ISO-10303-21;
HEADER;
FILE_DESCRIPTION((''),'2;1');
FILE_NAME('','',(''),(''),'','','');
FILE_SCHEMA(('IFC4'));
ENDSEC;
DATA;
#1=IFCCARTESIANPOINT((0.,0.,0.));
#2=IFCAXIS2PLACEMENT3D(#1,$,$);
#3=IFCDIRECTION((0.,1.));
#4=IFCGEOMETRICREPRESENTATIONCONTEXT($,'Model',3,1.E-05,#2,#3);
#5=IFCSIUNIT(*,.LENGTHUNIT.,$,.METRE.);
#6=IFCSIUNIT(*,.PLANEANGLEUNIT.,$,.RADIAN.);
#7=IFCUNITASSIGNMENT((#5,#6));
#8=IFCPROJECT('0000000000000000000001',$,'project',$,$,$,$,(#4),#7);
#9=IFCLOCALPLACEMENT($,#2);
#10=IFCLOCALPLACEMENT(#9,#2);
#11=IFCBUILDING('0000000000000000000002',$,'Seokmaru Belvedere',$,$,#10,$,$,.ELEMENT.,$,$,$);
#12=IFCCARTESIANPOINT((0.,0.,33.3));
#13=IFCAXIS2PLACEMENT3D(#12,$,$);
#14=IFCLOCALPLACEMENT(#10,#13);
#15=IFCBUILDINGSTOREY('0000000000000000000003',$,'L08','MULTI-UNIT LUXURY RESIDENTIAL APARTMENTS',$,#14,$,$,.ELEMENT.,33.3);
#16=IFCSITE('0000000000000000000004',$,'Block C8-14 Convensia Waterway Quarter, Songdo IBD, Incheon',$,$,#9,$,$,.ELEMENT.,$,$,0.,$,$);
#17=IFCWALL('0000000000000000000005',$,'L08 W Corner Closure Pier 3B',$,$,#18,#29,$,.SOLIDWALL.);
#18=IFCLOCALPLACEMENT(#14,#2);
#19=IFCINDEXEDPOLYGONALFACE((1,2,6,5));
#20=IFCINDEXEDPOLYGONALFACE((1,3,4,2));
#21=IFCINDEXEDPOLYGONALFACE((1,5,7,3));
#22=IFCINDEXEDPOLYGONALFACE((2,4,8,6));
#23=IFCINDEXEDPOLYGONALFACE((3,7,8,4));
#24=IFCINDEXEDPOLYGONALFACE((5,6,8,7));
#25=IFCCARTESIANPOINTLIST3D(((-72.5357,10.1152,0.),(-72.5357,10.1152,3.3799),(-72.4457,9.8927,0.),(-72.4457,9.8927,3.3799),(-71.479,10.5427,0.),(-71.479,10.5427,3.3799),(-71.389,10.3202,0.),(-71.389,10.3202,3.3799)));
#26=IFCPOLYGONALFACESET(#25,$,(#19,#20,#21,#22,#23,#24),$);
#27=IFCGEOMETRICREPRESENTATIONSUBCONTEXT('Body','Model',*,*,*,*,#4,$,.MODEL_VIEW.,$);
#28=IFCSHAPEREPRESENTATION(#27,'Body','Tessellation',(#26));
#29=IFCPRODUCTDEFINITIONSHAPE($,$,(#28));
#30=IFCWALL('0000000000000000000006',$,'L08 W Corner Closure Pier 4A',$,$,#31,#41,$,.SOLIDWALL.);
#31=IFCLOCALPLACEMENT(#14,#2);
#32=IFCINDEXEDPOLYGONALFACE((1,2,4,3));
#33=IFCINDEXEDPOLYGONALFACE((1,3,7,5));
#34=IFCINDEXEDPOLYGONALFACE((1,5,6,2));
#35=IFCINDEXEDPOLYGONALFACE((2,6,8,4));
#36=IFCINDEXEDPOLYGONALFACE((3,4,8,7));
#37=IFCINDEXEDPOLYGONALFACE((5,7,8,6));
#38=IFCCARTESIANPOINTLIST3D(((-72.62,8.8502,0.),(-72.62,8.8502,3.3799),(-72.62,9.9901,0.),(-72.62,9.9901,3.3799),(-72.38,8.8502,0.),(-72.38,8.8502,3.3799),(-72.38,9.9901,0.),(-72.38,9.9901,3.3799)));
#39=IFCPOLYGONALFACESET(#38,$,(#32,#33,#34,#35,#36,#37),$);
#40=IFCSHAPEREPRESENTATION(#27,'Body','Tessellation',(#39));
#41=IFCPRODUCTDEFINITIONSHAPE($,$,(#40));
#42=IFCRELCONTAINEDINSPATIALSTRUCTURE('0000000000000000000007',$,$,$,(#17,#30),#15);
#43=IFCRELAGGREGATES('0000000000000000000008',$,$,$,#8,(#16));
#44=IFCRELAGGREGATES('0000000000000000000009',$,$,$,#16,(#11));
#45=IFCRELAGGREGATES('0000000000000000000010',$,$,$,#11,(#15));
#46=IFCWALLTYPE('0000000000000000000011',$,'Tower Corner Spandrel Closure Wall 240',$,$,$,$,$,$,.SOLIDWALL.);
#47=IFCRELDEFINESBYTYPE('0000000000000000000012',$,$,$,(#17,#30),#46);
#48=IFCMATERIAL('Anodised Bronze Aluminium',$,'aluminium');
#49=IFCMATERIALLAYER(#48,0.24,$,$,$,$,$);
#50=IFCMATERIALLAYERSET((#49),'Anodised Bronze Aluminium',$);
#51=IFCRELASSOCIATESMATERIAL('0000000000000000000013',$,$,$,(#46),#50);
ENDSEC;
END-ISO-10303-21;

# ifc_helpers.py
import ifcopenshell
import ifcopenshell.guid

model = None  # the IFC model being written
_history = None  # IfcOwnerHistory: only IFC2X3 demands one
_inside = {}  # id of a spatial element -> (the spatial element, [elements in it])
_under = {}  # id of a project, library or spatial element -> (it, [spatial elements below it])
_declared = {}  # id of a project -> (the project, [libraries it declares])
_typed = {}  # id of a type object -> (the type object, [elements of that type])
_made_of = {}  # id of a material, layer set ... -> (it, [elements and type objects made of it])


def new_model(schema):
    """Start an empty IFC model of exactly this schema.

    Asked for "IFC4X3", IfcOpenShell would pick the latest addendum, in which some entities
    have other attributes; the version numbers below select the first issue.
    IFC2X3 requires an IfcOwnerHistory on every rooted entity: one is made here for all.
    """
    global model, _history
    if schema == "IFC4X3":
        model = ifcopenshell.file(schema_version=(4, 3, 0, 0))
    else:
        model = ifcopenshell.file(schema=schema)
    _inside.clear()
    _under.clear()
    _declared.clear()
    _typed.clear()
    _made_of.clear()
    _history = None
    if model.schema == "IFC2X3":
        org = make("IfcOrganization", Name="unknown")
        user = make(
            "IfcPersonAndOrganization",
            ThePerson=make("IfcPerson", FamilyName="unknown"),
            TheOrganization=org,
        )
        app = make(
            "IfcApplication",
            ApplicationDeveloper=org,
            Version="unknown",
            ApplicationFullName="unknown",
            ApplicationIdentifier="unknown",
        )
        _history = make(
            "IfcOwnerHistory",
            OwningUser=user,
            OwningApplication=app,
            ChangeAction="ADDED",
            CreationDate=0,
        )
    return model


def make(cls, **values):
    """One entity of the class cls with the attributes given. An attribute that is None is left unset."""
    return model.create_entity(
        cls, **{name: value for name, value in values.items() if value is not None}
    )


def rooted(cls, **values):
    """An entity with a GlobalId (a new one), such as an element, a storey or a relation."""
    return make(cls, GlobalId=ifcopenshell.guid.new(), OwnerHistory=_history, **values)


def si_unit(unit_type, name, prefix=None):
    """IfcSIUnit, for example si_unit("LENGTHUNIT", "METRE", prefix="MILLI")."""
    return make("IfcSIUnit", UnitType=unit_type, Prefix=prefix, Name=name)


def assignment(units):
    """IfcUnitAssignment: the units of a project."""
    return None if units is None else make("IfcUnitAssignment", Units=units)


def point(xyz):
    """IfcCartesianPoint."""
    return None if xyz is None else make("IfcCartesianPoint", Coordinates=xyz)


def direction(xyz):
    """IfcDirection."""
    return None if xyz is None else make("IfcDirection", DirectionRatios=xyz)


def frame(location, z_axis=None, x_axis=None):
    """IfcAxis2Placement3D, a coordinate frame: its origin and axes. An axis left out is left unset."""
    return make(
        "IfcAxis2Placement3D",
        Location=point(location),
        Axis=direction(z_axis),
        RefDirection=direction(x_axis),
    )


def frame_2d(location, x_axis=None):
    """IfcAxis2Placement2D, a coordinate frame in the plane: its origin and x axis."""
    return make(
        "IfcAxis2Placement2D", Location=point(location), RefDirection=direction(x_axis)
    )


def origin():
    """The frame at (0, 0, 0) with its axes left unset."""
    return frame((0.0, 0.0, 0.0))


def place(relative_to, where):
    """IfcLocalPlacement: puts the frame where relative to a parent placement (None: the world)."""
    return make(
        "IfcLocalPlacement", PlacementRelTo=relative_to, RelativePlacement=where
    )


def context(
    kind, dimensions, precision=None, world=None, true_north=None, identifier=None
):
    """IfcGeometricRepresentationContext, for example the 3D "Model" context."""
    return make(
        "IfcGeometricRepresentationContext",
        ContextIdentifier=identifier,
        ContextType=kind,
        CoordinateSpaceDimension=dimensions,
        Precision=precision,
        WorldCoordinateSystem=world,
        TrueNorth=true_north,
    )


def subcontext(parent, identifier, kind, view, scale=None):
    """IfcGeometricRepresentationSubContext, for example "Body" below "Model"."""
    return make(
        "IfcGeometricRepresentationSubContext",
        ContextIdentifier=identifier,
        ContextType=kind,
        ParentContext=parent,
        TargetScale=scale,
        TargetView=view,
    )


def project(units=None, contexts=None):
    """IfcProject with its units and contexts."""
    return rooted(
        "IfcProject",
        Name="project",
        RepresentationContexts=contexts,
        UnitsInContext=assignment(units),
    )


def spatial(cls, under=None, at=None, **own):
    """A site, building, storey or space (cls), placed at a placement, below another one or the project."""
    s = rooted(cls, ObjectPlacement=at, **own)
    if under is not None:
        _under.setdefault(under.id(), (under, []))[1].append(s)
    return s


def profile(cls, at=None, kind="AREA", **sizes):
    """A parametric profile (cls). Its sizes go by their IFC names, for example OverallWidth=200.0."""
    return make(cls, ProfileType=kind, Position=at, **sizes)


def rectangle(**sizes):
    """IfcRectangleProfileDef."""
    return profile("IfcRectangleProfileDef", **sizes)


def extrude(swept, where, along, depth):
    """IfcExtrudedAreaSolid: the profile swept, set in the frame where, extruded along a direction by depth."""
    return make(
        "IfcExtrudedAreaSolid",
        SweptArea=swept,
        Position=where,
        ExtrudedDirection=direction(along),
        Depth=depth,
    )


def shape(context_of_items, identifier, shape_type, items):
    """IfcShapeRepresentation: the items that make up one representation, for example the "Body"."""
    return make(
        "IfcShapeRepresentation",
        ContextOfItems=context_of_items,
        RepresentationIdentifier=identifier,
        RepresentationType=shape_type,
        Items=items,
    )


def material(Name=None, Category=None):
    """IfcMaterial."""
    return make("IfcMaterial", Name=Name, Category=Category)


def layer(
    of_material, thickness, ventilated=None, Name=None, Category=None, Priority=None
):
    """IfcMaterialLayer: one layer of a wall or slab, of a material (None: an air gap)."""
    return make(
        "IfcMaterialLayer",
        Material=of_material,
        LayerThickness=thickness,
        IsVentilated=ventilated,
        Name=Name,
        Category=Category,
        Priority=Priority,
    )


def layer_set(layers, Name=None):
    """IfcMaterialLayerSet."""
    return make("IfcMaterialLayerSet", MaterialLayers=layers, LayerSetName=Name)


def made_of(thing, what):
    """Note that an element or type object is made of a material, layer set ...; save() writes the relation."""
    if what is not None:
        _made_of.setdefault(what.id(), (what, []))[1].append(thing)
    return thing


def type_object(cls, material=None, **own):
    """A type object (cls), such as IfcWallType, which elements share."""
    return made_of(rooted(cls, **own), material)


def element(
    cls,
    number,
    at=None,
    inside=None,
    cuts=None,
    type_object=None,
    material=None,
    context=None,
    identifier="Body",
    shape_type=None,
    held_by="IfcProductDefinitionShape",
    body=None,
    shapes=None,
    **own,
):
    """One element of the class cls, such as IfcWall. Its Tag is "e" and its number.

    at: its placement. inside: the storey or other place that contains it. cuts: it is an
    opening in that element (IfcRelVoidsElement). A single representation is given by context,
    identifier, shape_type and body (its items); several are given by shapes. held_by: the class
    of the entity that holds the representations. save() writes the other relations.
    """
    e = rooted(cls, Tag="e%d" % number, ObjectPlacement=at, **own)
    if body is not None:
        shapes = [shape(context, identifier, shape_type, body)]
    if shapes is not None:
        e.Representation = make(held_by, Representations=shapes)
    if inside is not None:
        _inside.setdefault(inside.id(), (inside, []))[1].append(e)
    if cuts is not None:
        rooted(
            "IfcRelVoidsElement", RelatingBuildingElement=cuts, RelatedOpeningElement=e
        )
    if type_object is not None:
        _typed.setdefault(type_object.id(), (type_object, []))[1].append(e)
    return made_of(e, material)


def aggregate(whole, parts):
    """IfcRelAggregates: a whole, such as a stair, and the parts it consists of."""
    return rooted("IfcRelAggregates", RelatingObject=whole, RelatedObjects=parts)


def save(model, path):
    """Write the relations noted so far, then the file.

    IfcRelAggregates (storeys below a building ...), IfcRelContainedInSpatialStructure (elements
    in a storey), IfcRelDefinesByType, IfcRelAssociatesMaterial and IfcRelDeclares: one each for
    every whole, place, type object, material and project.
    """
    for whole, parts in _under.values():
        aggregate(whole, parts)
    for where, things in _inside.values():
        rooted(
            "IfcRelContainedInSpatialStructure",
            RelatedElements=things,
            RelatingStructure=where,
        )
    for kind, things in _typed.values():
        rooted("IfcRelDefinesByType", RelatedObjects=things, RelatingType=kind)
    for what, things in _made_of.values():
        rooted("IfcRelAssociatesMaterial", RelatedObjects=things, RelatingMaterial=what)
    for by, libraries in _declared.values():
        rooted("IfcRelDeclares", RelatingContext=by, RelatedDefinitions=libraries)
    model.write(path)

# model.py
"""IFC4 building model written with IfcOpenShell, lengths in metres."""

from ifc_helpers import new_model, si_unit, direction, frame, frame_2d, origin, place, context, subcontext, project, spatial, rectangle, extrude, material, layer, layer_set, type_object, element, save


model = new_model("IFC4")

# Units and contexts
model_context = context("Model", 3, precision=1e-05, world=origin(), true_north=direction((0.0, 1.0)))
body_context = subcontext(model_context, "Body", "Model", "MODEL_VIEW")
ifc_project = project(units=[si_unit("LENGTHUNIT", "METRE"), si_unit("PLANEANGLEUNIT", "RADIAN")], contexts=[model_context])

# Site, building, storey
site_placement = place(None, origin())
site = spatial("IfcSite", under=ifc_project, at=site_placement, Name="Block C8-14 Convensia Waterway Quarter, Songdo IBD, Incheon", CompositionType="ELEMENT", RefElevation=0.0)
building_placement = place(site_placement, origin())
building = spatial("IfcBuilding", under=site, at=building_placement, Name="Seokmaru Belvedere", CompositionType="ELEMENT")
storey_placement = place(building_placement, frame((0.0, 0.0, 33.3)))
storey = spatial("IfcBuildingStorey", under=building, at=storey_placement, Name="L08", Description="MULTI-UNIT LUXURY RESIDENTIAL APARTMENTS", CompositionType="ELEMENT", Elevation=33.3)

# Shared definitions
ifc_material_1 = material(Name="Anodised Bronze Aluminium", Category="aluminium")

# Walls
ifc_layer_1 = layer(ifc_material_1, 0.24)
ifc_layer_set_1 = layer_set([ifc_layer_1], Name="Anodised Bronze Aluminium")
wall_type_1 = type_object("IfcWallType", Name="Tower Corner Spandrel Closure Wall 240", PredefinedType="SOLIDWALL", material=ifc_layer_set_1)
for number, where, z_axis, x_axis, name in (
    (1, (-71.4341, 10.4314, 0.0), (0.0, 0.0, 1.0), (-0.927007, -0.375044, 0.0), "L08 W Corner Closure Pier 3B"),
    (2, (-72.5, 9.99, 0.0), (0.0, 0.0, 1.0), (0.0, -1.0, 0.0), "L08 W Corner Closure Pier 4A"),
):
    element("IfcWall", number, at=place(storey_placement, frame(where, z_axis=z_axis, x_axis=x_axis)), inside=storey, type_object=wall_type_1, Name=name, PredefinedType="SOLIDWALL", context=body_context, shape_type="SweptSolid", body=[
        extrude(rectangle(XDim=1.1399, YDim=0.24, at=frame_2d((0.5698, 0.0))), origin(), (0.0, 0.0, 1.0), 3.3799),
    ])

save(model, "model.ifc")
